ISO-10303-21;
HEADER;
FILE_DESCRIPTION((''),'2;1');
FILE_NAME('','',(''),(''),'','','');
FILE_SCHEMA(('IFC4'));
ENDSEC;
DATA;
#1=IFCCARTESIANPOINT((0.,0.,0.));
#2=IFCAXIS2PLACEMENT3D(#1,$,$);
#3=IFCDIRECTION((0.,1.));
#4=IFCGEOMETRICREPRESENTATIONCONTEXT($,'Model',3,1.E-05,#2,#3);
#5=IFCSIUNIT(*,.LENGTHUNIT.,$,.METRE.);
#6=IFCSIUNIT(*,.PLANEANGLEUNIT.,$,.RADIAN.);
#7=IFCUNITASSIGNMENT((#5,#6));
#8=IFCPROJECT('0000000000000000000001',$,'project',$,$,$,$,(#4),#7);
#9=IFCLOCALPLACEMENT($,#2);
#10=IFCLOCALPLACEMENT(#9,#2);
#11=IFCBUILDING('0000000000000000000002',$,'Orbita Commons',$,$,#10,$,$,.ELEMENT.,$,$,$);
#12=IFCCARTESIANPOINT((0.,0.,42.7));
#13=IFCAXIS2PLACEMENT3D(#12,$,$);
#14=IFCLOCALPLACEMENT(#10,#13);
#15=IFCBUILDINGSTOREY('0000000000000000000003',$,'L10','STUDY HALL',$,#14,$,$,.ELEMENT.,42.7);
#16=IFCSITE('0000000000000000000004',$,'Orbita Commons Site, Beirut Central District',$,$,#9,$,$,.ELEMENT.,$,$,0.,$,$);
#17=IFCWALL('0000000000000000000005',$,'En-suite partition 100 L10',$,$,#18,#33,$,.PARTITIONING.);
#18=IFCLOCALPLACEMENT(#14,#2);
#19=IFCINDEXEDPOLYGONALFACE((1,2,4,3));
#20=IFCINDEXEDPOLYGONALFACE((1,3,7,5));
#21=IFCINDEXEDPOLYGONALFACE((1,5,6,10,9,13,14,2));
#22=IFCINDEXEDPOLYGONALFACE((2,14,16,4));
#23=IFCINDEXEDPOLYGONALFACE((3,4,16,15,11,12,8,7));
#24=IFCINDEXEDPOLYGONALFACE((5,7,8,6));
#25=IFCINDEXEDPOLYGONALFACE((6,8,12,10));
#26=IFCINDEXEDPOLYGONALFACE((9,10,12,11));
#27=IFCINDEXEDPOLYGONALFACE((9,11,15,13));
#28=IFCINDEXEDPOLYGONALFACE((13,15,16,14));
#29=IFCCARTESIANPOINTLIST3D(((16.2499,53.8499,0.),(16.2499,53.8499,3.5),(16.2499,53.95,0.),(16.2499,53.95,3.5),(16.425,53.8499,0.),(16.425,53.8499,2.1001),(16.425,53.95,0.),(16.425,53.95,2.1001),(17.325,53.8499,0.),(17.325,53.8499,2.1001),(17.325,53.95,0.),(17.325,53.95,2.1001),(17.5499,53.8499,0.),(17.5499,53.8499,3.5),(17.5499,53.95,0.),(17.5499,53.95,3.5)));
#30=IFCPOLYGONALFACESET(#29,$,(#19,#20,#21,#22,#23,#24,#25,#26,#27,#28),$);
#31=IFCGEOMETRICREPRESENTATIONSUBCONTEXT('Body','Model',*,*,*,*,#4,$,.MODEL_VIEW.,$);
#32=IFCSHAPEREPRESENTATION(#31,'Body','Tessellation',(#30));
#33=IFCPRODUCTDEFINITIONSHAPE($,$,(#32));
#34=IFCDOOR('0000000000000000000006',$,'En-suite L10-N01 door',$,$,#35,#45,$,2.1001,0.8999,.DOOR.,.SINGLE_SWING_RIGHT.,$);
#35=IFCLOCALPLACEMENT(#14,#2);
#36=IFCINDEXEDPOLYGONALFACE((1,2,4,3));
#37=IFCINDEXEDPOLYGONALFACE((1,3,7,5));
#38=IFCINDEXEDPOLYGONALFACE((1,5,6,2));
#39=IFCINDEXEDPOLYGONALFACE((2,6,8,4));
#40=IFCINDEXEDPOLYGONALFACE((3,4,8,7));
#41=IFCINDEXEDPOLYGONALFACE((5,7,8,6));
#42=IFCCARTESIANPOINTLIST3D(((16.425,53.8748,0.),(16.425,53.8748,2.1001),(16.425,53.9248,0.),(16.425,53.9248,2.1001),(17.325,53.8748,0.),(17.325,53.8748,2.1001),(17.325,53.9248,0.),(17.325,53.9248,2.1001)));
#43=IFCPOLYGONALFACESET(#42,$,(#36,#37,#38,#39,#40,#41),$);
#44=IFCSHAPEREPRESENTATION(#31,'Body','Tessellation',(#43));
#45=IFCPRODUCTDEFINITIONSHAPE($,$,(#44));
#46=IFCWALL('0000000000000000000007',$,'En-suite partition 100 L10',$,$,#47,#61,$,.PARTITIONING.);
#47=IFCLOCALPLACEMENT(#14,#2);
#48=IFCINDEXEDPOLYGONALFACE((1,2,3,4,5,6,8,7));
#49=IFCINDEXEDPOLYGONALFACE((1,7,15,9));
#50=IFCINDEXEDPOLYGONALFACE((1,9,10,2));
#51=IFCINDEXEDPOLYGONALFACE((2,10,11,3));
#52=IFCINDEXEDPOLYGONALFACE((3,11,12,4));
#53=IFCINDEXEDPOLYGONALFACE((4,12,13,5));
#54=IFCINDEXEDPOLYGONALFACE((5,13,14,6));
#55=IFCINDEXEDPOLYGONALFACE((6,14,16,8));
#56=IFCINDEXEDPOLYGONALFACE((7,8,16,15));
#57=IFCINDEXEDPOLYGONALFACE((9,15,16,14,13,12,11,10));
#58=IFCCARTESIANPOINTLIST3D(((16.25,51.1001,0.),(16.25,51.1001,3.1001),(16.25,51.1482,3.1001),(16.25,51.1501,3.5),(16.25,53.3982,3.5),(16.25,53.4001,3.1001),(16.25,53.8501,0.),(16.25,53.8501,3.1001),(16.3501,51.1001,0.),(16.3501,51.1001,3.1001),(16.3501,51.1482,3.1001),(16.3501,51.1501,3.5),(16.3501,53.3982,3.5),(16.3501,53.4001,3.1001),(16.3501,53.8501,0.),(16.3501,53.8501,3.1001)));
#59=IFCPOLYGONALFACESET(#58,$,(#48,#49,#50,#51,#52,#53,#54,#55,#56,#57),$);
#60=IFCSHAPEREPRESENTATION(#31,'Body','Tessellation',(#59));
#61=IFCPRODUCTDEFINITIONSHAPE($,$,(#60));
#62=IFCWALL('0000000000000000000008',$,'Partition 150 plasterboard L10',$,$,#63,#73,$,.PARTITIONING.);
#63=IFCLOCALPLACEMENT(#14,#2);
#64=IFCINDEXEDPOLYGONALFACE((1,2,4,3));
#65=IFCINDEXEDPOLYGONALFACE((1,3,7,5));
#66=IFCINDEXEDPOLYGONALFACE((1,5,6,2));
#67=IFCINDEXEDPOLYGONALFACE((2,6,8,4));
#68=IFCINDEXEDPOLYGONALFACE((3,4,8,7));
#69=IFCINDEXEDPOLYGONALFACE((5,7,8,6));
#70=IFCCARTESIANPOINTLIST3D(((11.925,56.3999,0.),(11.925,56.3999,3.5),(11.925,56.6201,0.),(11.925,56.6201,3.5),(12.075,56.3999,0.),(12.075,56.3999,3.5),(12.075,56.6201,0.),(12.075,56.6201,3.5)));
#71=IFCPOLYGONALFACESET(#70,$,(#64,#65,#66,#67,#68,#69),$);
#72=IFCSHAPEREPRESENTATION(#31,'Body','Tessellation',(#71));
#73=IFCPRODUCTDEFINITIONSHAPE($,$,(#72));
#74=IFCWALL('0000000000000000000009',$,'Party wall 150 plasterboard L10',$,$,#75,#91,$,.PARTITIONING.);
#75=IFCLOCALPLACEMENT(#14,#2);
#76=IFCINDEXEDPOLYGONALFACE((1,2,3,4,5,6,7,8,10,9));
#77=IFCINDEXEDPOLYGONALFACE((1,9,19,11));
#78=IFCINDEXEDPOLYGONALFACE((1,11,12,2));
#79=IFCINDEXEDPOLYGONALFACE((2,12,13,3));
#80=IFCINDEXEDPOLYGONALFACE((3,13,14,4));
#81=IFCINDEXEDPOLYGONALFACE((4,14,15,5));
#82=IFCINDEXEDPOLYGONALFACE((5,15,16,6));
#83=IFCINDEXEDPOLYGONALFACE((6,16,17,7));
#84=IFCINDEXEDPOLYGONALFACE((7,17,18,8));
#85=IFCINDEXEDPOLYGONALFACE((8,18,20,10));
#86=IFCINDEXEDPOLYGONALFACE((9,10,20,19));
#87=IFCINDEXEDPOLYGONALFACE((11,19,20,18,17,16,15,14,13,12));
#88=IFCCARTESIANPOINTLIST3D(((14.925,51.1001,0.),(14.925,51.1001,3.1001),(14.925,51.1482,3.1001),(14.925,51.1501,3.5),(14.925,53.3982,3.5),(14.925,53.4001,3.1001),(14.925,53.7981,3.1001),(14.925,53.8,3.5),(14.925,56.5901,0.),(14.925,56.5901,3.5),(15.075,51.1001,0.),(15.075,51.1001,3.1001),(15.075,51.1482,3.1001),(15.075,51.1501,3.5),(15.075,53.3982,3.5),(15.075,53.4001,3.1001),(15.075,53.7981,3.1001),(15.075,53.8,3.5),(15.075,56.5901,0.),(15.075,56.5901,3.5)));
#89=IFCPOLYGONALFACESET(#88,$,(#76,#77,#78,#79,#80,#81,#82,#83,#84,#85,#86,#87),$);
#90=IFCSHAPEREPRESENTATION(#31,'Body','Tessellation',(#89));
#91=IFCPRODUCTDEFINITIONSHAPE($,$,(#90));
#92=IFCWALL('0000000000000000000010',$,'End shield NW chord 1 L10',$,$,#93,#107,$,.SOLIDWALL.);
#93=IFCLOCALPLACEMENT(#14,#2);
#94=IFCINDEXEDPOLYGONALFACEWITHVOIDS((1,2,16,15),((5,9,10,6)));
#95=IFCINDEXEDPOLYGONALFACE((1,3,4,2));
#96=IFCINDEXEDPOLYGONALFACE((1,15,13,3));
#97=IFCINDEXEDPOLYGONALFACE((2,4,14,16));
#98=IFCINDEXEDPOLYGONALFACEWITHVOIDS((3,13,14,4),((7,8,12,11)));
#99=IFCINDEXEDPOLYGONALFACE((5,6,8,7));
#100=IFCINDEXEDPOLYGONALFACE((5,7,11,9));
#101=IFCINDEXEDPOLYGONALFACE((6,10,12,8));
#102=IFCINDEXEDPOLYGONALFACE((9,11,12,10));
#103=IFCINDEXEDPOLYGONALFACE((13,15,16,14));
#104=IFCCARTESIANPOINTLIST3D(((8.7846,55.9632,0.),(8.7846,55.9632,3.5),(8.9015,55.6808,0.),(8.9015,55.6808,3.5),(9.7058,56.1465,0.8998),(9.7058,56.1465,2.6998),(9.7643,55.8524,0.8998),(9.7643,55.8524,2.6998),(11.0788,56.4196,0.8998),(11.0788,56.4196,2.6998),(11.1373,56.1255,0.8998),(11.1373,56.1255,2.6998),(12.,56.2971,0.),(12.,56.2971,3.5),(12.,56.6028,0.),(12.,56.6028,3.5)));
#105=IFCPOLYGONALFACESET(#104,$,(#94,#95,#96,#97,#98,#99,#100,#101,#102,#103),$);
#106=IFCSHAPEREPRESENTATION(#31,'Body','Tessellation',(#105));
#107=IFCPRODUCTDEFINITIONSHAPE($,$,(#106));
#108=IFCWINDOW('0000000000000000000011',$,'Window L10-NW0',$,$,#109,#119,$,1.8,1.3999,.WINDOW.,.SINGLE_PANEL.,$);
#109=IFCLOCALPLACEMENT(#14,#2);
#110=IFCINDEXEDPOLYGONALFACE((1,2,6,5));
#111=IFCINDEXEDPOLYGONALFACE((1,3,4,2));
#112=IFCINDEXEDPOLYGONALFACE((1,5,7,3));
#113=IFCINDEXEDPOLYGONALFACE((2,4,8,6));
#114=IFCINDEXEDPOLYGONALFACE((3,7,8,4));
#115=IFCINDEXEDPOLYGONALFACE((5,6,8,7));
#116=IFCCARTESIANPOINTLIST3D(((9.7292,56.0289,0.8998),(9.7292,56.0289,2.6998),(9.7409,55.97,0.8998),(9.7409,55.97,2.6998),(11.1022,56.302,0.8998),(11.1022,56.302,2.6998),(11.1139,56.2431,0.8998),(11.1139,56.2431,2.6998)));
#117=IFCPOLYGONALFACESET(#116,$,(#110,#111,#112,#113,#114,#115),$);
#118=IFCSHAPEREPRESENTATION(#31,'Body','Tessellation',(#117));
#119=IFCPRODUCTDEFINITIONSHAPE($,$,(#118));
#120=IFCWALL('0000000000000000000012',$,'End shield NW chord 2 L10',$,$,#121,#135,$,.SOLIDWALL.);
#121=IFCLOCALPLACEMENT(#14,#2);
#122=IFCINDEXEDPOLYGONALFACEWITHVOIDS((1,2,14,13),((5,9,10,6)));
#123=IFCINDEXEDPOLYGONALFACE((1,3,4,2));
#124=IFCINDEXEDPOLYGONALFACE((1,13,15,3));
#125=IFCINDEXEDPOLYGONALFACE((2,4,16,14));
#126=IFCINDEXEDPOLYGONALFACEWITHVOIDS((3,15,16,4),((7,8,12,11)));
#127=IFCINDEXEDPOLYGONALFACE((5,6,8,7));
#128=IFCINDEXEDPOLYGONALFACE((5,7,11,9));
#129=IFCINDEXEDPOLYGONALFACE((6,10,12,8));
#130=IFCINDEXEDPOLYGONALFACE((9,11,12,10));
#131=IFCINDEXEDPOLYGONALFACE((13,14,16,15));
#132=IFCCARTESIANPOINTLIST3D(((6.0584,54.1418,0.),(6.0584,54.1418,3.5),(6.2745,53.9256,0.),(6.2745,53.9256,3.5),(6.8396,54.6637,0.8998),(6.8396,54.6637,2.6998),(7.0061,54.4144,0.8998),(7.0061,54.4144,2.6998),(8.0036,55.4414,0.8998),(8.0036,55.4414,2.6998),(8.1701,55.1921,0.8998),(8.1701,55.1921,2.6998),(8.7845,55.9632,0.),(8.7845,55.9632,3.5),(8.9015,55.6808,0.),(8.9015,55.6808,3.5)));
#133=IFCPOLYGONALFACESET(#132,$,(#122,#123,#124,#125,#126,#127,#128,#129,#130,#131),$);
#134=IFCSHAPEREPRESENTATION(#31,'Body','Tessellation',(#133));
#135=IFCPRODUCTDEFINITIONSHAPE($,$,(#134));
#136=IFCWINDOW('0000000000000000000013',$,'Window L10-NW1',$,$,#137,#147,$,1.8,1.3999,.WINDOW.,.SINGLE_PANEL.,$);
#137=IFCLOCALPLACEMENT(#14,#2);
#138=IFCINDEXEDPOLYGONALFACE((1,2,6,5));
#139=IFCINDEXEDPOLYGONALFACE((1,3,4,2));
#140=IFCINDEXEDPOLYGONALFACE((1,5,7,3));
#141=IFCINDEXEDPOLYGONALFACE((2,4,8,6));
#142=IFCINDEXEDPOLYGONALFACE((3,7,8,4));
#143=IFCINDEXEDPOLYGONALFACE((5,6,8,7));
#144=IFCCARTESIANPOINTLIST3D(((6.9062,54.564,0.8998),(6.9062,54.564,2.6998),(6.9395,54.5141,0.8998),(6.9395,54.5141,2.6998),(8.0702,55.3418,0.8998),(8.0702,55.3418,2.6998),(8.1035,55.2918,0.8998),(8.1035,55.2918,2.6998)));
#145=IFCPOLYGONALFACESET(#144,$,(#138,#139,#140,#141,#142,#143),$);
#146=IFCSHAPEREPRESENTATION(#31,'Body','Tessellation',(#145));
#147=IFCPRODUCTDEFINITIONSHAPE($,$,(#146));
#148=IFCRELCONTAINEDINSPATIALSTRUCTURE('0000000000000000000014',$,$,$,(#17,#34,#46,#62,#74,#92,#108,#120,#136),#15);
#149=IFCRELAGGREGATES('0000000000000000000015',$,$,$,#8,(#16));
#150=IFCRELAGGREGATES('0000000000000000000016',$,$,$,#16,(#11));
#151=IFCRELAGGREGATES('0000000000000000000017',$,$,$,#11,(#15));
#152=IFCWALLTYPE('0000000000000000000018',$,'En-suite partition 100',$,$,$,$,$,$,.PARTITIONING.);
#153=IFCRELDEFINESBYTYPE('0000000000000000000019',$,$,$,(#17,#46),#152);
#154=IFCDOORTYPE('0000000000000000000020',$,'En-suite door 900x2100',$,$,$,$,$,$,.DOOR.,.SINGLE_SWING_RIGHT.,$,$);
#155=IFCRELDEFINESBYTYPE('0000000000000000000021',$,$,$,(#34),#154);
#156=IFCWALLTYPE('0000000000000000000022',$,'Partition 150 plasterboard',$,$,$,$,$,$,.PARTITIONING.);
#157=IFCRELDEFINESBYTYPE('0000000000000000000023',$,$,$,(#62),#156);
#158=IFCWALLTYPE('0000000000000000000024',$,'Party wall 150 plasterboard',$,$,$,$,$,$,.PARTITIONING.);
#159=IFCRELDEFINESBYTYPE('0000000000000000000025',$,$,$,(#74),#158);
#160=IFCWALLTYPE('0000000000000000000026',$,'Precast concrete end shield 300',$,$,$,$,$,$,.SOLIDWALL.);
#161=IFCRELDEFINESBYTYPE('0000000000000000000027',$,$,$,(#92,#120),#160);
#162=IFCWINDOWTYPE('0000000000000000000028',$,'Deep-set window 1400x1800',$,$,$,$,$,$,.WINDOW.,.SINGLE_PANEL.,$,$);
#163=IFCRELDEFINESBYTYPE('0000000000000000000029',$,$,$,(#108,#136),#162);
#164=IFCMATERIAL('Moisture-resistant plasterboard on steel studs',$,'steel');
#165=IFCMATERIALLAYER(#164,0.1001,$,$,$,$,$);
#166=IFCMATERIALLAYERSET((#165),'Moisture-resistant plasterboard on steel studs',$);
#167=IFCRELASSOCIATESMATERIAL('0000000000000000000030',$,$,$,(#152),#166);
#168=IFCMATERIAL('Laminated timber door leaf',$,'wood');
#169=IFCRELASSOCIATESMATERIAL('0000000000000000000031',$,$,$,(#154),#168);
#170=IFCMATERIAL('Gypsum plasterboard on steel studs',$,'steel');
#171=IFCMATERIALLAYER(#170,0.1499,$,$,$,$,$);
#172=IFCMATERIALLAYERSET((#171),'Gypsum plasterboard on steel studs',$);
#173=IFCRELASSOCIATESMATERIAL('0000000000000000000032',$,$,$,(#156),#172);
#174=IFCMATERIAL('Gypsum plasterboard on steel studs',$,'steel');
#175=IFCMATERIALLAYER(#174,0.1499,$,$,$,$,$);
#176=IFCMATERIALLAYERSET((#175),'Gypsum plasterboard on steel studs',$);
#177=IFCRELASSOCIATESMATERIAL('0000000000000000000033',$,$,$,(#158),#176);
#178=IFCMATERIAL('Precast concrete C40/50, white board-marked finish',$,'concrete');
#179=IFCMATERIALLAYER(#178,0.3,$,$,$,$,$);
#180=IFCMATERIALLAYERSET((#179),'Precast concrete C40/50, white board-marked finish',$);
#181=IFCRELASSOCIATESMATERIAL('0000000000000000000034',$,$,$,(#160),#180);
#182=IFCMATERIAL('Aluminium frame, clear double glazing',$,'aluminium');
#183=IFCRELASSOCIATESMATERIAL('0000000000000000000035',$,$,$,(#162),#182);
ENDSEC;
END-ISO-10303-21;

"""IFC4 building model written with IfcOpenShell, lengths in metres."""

from ifc_helpers import new_model, si_unit, direction, frame, frame_2d, origin, place, context, subcontext, project, spatial, polyline, rectangle, outline, extrude, material, layer, layer_set, type_object, element, fill, save


model = new_model("IFC4")

# Units and contexts
model_context = context("Model", 3, precision=1e-05, world=origin(), true_north=direction((0.0, 1.0)))
body_context = subcontext(model_context, "Body", "Model", "MODEL_VIEW")
ifc_project = project(units=[si_unit("LENGTHUNIT", "METRE"), si_unit("PLANEANGLEUNIT", "RADIAN")], contexts=[model_context])

# Site, building, storey
site_placement = place(None, origin())
site = spatial("IfcSite", under=ifc_project, at=site_placement, Name="Orbita Commons Site, Beirut Central District", CompositionType="ELEMENT", RefElevation=0.0)
building_placement = place(site_placement, origin())
building = spatial("IfcBuilding", under=site, at=building_placement, Name="Orbita Commons", CompositionType="ELEMENT")
storey_placement = place(building_placement, frame((0.0, 0.0, 42.7)))
storey = spatial("IfcBuildingStorey", under=building, at=storey_placement, Name="L10", Description="STUDY HALL", CompositionType="ELEMENT", Elevation=42.7)

# Shared definitions
ifc_material_1 = material(Name="Moisture-resistant plasterboard on steel studs", Category="steel")
ifc_layer_1 = layer(ifc_material_1, 0.1001)
ifc_layer_set_1 = layer_set([ifc_layer_1], Name="Moisture-resistant plasterboard on steel studs")
wall_type_1 = type_object("IfcWallType", Name="En-suite partition 100", PredefinedType="PARTITIONING", material=ifc_layer_set_1)
ifc_material_2 = material(Name="Laminated timber door leaf", Category="wood")
door_type = type_object("IfcDoorType", Name="En-suite door 900x2100", OperationType="SINGLE_SWING_RIGHT", PredefinedType="DOOR", material=ifc_material_2)

# Wall, opening, door
wall_1_placement = place(storey_placement, frame((16.25, 53.8999, 0.0), z_axis=(0.0, 0.0, 1.0), x_axis=(1.0, 0.0, 0.0)))
wall_1 = element("IfcWall", 1, at=wall_1_placement, inside=storey, type_object=wall_type_1, Name="En-suite partition 100 L10", PredefinedType="PARTITIONING", context=body_context, shape_type="SweptSolid", body=[
    extrude(rectangle(XDim=1.3, YDim=0.1001, at=frame_2d((0.6499, 0.0))), origin(), (0.0, 0.0, 1.0), 3.5),
])
opening_1_placement = place(wall_1_placement, frame((0.175, 0.0, 0.0)))
opening_1 = element("IfcOpeningElement", 2, at=opening_1_placement, cuts=wall_1, PredefinedType="OPENING", context=body_context, shape_type="SweptSolid", body=[
    extrude(rectangle(XDim=0.8999, YDim=2.1001, at=frame_2d((0.45, 1.05))), frame((0.0, 0.0601, 0.0), z_axis=(0.0, -1.0, 0.0), x_axis=(1.0, 0.0, 0.0)), (0.0, 0.0, 1.0), 0.1201),
])
door_1_placement = place(opening_1_placement, origin())
door_1 = element("IfcDoor", 3, at=door_1_placement, inside=storey, type_object=door_type, Name="En-suite L10-N01 door", OperationType="SINGLE_SWING_RIGHT", OverallHeight=2.1001, OverallWidth=0.8999, PredefinedType="DOOR", context=body_context, shape_type="SweptSolid", body=[
    extrude(rectangle(XDim=0.8999, YDim=2.1001, at=frame_2d((0.45, 1.05))), frame((0.0, 0.0249, 0.0), z_axis=(0.0, -1.0, 0.0), x_axis=(1.0, 0.0, 0.0)), (0.0, 0.0, 1.0), 0.05),
])
fill(opening_1, door_1)

# Walls
wall_2_placement = place(storey_placement, frame((16.3, 53.8501, 0.0), z_axis=(0.0, 0.0, 1.0), x_axis=(0.0, -1.0, 0.0)))
element("IfcWall", 4, at=wall_2_placement, inside=storey, type_object=wall_type_1, Name="En-suite partition 100 L10", PredefinedType="PARTITIONING", context=body_context, shape_type="SweptSolid", body=[
    extrude(outline(polyline([(0.0, 0.0), (2.75, 0.0), (2.75, 3.1001), (2.7019, 3.1001), (2.7, 3.5), (0.4519, 3.5), (0.45, 3.1001), (0.0, 3.1001), (0.0, 0.0)])), frame((0.0, 0.05, 0.0), z_axis=(0.0, -1.0, 0.0), x_axis=(1.0, 0.0, 0.0)), (0.0, 0.0, 1.0), 0.1001),
])
ifc_material_3 = material(Name="Gypsum plasterboard on steel studs", Category="steel")
ifc_layer_2 = layer(ifc_material_3, 0.1499)
ifc_layer_set_2 = layer_set([ifc_layer_2], Name="Gypsum plasterboard on steel studs")
wall_type_2 = type_object("IfcWallType", Name="Partition 150 plasterboard", PredefinedType="PARTITIONING", material=ifc_layer_set_2)
wall_3_placement = place(storey_placement, frame((12.0, 56.3999, 0.0), z_axis=(0.0, 0.0, 1.0), x_axis=(0.0, 1.0, 0.0)))
element("IfcWall", 5, at=wall_3_placement, inside=storey, type_object=wall_type_2, Name="Partition 150 plasterboard L10", PredefinedType="PARTITIONING", context=body_context, shape_type="SweptSolid", body=[
    extrude(rectangle(XDim=0.2202, YDim=0.1499, at=frame_2d((0.1101, 0.0))), origin(), (0.0, 0.0, 1.0), 3.5),
])
ifc_material_4 = material(Name="Gypsum plasterboard on steel studs", Category="steel")
ifc_layer_3 = layer(ifc_material_4, 0.1499)
ifc_layer_set_3 = layer_set([ifc_layer_3], Name="Gypsum plasterboard on steel studs")
wall_type_3 = type_object("IfcWallType", Name="Party wall 150 plasterboard", PredefinedType="PARTITIONING", material=ifc_layer_set_3)
wall_4_placement = place(storey_placement, frame((15.0, 56.5901, 0.0), z_axis=(0.0, 0.0, 1.0), x_axis=(0.0, -1.0, 0.0)))
element("IfcWall", 6, at=wall_4_placement, inside=storey, type_object=wall_type_3, Name="Party wall 150 plasterboard L10", PredefinedType="PARTITIONING", context=body_context, shape_type="SweptSolid", body=[
    extrude(outline(polyline([(0.0, 0.0), (5.49, 0.0), (5.49, 3.1001), (5.4419, 3.1001), (5.4399, 3.5), (3.1919, 3.5), (3.1899, 3.1001), (2.792, 3.1001), (2.79, 3.5), (0.0, 3.5), (0.0, 0.0)])), frame((0.0, 0.075, 0.0), z_axis=(0.0, -1.0, 0.0), x_axis=(1.0, 0.0, 0.0)), (0.0, 0.0, 1.0), 0.1499),
])

# Walls, openings, windows
ifc_material_5 = material(Name="Precast concrete C40/50, white board-marked finish", Category="concrete")
ifc_layer_4 = layer(ifc_material_5, 0.3)
ifc_layer_set_4 = layer_set([ifc_layer_4], Name="Precast concrete C40/50, white board-marked finish")
wall_type_4 = type_object("IfcWallType", Name="Precast concrete end shield 300", PredefinedType="SOLIDWALL", material=ifc_layer_set_4)
wall_5_placement = place(storey_placement, frame((12.0, 56.45, 0.0), z_axis=(0.0, 0.0, 1.0), x_axis=(-0.980787, -0.19508, 0.0)))
wall_5 = element("IfcWall", 7, at=wall_5_placement, inside=storey, type_object=wall_type_4, Name="End shield NW chord 1 L10", PredefinedType="SOLIDWALL", context=body_context, shape_type="SweptSolid", body=[
    extrude(outline(polyline([(-0.0298, -0.1499), (3.2485, -0.1499), (3.189, 0.1499), (0.0298, 0.1499), (-0.0298, -0.1499)])), origin(), (0.0, 0.0, 1.0), 3.5),
])
opening_2_placement = place(wall_5_placement, frame((0.9094, 0.0, 0.8999)))
opening_2 = element("IfcOpeningElement", 8, at=opening_2_placement, cuts=wall_5, PredefinedType="OPENING", context=body_context, shape_type="SweptSolid", body=[
    extrude(rectangle(XDim=1.3999, YDim=1.8, at=frame_2d((0.7, 0.8999))), frame((0.0, 0.1599, 0.0), z_axis=(0.0, -1.0, 0.0), x_axis=(1.0, 0.0, 0.0)), (0.0, 0.0, 1.0), 0.3201),
])
ifc_material_6 = material(Name="Aluminium frame, clear double glazing", Category="aluminium")
window_type = type_object("IfcWindowType", Name="Deep-set window 1400x1800", PartitioningType="SINGLE_PANEL", PredefinedType="WINDOW", material=ifc_material_6)
window_1_placement = place(opening_2_placement, origin())
window_1 = element("IfcWindow", 9, at=window_1_placement, inside=storey, type_object=window_type, Name="Window L10-NW0", OverallHeight=1.8, OverallWidth=1.3999, PartitioningType="SINGLE_PANEL", PredefinedType="WINDOW", context=body_context, shape_type="SweptSolid", body=[
    extrude(rectangle(XDim=1.3999, YDim=1.8, at=frame_2d((0.7, 0.8999))), frame((0.0, 0.03, 0.0), z_axis=(0.0, -1.0, 0.0), x_axis=(1.0, 0.0, 0.0)), (0.0, 0.0, 1.0), 0.0601),
])
fill(opening_2, window_1)
wall_6_placement = place(storey_placement, frame((8.843, 55.822, 0.0), z_axis=(0.0, 0.0, 1.0), x_axis=(-0.831478, -0.555558, 0.0)))
wall_6 = element("IfcWall", 10, at=wall_6_placement, inside=storey, type_object=wall_type_4, Name="End shield NW chord 2 L10", PredefinedType="SOLIDWALL", context=body_context, shape_type="SweptSolid", body=[
    extrude(outline(polyline([(-0.0298, -0.1499), (3.2488, -0.1499), (3.1892, 0.1499), (0.0298, 0.1499), (-0.0298, -0.1499)])), origin(), (0.0, 0.0, 1.0), 3.5),
])
opening_3_placement = place(wall_6_placement, frame((0.9094, 0.0, 0.8999)))
opening_3 = element("IfcOpeningElement", 11, at=opening_3_placement, cuts=wall_6, PredefinedType="OPENING", context=body_context, shape_type="SweptSolid", body=[
    extrude(rectangle(XDim=1.3999, YDim=1.8, at=frame_2d((0.7, 0.8999))), frame((0.0, 0.1599, 0.0), z_axis=(0.0, -1.0, 0.0), x_axis=(1.0, 0.0, 0.0)), (0.0, 0.0, 1.0), 0.3201),
])
window_2_placement = place(opening_3_placement, origin())
window_2 = element("IfcWindow", 12, at=window_2_placement, inside=storey, type_object=window_type, Name="Window L10-NW1", OverallHeight=1.8, OverallWidth=1.3999, PartitioningType="SINGLE_PANEL", PredefinedType="WINDOW", context=body_context, shape_type="SweptSolid", body=[
    extrude(rectangle(XDim=1.3999, YDim=1.8, at=frame_2d((0.7, 0.8999))), frame((0.0, 0.03, 0.0), z_axis=(0.0, -1.0, 0.0), x_axis=(1.0, 0.0, 0.0)), (0.0, 0.0, 1.0), 0.0601),
])
fill(opening_3, window_2)

save(model, "model.ifc")
